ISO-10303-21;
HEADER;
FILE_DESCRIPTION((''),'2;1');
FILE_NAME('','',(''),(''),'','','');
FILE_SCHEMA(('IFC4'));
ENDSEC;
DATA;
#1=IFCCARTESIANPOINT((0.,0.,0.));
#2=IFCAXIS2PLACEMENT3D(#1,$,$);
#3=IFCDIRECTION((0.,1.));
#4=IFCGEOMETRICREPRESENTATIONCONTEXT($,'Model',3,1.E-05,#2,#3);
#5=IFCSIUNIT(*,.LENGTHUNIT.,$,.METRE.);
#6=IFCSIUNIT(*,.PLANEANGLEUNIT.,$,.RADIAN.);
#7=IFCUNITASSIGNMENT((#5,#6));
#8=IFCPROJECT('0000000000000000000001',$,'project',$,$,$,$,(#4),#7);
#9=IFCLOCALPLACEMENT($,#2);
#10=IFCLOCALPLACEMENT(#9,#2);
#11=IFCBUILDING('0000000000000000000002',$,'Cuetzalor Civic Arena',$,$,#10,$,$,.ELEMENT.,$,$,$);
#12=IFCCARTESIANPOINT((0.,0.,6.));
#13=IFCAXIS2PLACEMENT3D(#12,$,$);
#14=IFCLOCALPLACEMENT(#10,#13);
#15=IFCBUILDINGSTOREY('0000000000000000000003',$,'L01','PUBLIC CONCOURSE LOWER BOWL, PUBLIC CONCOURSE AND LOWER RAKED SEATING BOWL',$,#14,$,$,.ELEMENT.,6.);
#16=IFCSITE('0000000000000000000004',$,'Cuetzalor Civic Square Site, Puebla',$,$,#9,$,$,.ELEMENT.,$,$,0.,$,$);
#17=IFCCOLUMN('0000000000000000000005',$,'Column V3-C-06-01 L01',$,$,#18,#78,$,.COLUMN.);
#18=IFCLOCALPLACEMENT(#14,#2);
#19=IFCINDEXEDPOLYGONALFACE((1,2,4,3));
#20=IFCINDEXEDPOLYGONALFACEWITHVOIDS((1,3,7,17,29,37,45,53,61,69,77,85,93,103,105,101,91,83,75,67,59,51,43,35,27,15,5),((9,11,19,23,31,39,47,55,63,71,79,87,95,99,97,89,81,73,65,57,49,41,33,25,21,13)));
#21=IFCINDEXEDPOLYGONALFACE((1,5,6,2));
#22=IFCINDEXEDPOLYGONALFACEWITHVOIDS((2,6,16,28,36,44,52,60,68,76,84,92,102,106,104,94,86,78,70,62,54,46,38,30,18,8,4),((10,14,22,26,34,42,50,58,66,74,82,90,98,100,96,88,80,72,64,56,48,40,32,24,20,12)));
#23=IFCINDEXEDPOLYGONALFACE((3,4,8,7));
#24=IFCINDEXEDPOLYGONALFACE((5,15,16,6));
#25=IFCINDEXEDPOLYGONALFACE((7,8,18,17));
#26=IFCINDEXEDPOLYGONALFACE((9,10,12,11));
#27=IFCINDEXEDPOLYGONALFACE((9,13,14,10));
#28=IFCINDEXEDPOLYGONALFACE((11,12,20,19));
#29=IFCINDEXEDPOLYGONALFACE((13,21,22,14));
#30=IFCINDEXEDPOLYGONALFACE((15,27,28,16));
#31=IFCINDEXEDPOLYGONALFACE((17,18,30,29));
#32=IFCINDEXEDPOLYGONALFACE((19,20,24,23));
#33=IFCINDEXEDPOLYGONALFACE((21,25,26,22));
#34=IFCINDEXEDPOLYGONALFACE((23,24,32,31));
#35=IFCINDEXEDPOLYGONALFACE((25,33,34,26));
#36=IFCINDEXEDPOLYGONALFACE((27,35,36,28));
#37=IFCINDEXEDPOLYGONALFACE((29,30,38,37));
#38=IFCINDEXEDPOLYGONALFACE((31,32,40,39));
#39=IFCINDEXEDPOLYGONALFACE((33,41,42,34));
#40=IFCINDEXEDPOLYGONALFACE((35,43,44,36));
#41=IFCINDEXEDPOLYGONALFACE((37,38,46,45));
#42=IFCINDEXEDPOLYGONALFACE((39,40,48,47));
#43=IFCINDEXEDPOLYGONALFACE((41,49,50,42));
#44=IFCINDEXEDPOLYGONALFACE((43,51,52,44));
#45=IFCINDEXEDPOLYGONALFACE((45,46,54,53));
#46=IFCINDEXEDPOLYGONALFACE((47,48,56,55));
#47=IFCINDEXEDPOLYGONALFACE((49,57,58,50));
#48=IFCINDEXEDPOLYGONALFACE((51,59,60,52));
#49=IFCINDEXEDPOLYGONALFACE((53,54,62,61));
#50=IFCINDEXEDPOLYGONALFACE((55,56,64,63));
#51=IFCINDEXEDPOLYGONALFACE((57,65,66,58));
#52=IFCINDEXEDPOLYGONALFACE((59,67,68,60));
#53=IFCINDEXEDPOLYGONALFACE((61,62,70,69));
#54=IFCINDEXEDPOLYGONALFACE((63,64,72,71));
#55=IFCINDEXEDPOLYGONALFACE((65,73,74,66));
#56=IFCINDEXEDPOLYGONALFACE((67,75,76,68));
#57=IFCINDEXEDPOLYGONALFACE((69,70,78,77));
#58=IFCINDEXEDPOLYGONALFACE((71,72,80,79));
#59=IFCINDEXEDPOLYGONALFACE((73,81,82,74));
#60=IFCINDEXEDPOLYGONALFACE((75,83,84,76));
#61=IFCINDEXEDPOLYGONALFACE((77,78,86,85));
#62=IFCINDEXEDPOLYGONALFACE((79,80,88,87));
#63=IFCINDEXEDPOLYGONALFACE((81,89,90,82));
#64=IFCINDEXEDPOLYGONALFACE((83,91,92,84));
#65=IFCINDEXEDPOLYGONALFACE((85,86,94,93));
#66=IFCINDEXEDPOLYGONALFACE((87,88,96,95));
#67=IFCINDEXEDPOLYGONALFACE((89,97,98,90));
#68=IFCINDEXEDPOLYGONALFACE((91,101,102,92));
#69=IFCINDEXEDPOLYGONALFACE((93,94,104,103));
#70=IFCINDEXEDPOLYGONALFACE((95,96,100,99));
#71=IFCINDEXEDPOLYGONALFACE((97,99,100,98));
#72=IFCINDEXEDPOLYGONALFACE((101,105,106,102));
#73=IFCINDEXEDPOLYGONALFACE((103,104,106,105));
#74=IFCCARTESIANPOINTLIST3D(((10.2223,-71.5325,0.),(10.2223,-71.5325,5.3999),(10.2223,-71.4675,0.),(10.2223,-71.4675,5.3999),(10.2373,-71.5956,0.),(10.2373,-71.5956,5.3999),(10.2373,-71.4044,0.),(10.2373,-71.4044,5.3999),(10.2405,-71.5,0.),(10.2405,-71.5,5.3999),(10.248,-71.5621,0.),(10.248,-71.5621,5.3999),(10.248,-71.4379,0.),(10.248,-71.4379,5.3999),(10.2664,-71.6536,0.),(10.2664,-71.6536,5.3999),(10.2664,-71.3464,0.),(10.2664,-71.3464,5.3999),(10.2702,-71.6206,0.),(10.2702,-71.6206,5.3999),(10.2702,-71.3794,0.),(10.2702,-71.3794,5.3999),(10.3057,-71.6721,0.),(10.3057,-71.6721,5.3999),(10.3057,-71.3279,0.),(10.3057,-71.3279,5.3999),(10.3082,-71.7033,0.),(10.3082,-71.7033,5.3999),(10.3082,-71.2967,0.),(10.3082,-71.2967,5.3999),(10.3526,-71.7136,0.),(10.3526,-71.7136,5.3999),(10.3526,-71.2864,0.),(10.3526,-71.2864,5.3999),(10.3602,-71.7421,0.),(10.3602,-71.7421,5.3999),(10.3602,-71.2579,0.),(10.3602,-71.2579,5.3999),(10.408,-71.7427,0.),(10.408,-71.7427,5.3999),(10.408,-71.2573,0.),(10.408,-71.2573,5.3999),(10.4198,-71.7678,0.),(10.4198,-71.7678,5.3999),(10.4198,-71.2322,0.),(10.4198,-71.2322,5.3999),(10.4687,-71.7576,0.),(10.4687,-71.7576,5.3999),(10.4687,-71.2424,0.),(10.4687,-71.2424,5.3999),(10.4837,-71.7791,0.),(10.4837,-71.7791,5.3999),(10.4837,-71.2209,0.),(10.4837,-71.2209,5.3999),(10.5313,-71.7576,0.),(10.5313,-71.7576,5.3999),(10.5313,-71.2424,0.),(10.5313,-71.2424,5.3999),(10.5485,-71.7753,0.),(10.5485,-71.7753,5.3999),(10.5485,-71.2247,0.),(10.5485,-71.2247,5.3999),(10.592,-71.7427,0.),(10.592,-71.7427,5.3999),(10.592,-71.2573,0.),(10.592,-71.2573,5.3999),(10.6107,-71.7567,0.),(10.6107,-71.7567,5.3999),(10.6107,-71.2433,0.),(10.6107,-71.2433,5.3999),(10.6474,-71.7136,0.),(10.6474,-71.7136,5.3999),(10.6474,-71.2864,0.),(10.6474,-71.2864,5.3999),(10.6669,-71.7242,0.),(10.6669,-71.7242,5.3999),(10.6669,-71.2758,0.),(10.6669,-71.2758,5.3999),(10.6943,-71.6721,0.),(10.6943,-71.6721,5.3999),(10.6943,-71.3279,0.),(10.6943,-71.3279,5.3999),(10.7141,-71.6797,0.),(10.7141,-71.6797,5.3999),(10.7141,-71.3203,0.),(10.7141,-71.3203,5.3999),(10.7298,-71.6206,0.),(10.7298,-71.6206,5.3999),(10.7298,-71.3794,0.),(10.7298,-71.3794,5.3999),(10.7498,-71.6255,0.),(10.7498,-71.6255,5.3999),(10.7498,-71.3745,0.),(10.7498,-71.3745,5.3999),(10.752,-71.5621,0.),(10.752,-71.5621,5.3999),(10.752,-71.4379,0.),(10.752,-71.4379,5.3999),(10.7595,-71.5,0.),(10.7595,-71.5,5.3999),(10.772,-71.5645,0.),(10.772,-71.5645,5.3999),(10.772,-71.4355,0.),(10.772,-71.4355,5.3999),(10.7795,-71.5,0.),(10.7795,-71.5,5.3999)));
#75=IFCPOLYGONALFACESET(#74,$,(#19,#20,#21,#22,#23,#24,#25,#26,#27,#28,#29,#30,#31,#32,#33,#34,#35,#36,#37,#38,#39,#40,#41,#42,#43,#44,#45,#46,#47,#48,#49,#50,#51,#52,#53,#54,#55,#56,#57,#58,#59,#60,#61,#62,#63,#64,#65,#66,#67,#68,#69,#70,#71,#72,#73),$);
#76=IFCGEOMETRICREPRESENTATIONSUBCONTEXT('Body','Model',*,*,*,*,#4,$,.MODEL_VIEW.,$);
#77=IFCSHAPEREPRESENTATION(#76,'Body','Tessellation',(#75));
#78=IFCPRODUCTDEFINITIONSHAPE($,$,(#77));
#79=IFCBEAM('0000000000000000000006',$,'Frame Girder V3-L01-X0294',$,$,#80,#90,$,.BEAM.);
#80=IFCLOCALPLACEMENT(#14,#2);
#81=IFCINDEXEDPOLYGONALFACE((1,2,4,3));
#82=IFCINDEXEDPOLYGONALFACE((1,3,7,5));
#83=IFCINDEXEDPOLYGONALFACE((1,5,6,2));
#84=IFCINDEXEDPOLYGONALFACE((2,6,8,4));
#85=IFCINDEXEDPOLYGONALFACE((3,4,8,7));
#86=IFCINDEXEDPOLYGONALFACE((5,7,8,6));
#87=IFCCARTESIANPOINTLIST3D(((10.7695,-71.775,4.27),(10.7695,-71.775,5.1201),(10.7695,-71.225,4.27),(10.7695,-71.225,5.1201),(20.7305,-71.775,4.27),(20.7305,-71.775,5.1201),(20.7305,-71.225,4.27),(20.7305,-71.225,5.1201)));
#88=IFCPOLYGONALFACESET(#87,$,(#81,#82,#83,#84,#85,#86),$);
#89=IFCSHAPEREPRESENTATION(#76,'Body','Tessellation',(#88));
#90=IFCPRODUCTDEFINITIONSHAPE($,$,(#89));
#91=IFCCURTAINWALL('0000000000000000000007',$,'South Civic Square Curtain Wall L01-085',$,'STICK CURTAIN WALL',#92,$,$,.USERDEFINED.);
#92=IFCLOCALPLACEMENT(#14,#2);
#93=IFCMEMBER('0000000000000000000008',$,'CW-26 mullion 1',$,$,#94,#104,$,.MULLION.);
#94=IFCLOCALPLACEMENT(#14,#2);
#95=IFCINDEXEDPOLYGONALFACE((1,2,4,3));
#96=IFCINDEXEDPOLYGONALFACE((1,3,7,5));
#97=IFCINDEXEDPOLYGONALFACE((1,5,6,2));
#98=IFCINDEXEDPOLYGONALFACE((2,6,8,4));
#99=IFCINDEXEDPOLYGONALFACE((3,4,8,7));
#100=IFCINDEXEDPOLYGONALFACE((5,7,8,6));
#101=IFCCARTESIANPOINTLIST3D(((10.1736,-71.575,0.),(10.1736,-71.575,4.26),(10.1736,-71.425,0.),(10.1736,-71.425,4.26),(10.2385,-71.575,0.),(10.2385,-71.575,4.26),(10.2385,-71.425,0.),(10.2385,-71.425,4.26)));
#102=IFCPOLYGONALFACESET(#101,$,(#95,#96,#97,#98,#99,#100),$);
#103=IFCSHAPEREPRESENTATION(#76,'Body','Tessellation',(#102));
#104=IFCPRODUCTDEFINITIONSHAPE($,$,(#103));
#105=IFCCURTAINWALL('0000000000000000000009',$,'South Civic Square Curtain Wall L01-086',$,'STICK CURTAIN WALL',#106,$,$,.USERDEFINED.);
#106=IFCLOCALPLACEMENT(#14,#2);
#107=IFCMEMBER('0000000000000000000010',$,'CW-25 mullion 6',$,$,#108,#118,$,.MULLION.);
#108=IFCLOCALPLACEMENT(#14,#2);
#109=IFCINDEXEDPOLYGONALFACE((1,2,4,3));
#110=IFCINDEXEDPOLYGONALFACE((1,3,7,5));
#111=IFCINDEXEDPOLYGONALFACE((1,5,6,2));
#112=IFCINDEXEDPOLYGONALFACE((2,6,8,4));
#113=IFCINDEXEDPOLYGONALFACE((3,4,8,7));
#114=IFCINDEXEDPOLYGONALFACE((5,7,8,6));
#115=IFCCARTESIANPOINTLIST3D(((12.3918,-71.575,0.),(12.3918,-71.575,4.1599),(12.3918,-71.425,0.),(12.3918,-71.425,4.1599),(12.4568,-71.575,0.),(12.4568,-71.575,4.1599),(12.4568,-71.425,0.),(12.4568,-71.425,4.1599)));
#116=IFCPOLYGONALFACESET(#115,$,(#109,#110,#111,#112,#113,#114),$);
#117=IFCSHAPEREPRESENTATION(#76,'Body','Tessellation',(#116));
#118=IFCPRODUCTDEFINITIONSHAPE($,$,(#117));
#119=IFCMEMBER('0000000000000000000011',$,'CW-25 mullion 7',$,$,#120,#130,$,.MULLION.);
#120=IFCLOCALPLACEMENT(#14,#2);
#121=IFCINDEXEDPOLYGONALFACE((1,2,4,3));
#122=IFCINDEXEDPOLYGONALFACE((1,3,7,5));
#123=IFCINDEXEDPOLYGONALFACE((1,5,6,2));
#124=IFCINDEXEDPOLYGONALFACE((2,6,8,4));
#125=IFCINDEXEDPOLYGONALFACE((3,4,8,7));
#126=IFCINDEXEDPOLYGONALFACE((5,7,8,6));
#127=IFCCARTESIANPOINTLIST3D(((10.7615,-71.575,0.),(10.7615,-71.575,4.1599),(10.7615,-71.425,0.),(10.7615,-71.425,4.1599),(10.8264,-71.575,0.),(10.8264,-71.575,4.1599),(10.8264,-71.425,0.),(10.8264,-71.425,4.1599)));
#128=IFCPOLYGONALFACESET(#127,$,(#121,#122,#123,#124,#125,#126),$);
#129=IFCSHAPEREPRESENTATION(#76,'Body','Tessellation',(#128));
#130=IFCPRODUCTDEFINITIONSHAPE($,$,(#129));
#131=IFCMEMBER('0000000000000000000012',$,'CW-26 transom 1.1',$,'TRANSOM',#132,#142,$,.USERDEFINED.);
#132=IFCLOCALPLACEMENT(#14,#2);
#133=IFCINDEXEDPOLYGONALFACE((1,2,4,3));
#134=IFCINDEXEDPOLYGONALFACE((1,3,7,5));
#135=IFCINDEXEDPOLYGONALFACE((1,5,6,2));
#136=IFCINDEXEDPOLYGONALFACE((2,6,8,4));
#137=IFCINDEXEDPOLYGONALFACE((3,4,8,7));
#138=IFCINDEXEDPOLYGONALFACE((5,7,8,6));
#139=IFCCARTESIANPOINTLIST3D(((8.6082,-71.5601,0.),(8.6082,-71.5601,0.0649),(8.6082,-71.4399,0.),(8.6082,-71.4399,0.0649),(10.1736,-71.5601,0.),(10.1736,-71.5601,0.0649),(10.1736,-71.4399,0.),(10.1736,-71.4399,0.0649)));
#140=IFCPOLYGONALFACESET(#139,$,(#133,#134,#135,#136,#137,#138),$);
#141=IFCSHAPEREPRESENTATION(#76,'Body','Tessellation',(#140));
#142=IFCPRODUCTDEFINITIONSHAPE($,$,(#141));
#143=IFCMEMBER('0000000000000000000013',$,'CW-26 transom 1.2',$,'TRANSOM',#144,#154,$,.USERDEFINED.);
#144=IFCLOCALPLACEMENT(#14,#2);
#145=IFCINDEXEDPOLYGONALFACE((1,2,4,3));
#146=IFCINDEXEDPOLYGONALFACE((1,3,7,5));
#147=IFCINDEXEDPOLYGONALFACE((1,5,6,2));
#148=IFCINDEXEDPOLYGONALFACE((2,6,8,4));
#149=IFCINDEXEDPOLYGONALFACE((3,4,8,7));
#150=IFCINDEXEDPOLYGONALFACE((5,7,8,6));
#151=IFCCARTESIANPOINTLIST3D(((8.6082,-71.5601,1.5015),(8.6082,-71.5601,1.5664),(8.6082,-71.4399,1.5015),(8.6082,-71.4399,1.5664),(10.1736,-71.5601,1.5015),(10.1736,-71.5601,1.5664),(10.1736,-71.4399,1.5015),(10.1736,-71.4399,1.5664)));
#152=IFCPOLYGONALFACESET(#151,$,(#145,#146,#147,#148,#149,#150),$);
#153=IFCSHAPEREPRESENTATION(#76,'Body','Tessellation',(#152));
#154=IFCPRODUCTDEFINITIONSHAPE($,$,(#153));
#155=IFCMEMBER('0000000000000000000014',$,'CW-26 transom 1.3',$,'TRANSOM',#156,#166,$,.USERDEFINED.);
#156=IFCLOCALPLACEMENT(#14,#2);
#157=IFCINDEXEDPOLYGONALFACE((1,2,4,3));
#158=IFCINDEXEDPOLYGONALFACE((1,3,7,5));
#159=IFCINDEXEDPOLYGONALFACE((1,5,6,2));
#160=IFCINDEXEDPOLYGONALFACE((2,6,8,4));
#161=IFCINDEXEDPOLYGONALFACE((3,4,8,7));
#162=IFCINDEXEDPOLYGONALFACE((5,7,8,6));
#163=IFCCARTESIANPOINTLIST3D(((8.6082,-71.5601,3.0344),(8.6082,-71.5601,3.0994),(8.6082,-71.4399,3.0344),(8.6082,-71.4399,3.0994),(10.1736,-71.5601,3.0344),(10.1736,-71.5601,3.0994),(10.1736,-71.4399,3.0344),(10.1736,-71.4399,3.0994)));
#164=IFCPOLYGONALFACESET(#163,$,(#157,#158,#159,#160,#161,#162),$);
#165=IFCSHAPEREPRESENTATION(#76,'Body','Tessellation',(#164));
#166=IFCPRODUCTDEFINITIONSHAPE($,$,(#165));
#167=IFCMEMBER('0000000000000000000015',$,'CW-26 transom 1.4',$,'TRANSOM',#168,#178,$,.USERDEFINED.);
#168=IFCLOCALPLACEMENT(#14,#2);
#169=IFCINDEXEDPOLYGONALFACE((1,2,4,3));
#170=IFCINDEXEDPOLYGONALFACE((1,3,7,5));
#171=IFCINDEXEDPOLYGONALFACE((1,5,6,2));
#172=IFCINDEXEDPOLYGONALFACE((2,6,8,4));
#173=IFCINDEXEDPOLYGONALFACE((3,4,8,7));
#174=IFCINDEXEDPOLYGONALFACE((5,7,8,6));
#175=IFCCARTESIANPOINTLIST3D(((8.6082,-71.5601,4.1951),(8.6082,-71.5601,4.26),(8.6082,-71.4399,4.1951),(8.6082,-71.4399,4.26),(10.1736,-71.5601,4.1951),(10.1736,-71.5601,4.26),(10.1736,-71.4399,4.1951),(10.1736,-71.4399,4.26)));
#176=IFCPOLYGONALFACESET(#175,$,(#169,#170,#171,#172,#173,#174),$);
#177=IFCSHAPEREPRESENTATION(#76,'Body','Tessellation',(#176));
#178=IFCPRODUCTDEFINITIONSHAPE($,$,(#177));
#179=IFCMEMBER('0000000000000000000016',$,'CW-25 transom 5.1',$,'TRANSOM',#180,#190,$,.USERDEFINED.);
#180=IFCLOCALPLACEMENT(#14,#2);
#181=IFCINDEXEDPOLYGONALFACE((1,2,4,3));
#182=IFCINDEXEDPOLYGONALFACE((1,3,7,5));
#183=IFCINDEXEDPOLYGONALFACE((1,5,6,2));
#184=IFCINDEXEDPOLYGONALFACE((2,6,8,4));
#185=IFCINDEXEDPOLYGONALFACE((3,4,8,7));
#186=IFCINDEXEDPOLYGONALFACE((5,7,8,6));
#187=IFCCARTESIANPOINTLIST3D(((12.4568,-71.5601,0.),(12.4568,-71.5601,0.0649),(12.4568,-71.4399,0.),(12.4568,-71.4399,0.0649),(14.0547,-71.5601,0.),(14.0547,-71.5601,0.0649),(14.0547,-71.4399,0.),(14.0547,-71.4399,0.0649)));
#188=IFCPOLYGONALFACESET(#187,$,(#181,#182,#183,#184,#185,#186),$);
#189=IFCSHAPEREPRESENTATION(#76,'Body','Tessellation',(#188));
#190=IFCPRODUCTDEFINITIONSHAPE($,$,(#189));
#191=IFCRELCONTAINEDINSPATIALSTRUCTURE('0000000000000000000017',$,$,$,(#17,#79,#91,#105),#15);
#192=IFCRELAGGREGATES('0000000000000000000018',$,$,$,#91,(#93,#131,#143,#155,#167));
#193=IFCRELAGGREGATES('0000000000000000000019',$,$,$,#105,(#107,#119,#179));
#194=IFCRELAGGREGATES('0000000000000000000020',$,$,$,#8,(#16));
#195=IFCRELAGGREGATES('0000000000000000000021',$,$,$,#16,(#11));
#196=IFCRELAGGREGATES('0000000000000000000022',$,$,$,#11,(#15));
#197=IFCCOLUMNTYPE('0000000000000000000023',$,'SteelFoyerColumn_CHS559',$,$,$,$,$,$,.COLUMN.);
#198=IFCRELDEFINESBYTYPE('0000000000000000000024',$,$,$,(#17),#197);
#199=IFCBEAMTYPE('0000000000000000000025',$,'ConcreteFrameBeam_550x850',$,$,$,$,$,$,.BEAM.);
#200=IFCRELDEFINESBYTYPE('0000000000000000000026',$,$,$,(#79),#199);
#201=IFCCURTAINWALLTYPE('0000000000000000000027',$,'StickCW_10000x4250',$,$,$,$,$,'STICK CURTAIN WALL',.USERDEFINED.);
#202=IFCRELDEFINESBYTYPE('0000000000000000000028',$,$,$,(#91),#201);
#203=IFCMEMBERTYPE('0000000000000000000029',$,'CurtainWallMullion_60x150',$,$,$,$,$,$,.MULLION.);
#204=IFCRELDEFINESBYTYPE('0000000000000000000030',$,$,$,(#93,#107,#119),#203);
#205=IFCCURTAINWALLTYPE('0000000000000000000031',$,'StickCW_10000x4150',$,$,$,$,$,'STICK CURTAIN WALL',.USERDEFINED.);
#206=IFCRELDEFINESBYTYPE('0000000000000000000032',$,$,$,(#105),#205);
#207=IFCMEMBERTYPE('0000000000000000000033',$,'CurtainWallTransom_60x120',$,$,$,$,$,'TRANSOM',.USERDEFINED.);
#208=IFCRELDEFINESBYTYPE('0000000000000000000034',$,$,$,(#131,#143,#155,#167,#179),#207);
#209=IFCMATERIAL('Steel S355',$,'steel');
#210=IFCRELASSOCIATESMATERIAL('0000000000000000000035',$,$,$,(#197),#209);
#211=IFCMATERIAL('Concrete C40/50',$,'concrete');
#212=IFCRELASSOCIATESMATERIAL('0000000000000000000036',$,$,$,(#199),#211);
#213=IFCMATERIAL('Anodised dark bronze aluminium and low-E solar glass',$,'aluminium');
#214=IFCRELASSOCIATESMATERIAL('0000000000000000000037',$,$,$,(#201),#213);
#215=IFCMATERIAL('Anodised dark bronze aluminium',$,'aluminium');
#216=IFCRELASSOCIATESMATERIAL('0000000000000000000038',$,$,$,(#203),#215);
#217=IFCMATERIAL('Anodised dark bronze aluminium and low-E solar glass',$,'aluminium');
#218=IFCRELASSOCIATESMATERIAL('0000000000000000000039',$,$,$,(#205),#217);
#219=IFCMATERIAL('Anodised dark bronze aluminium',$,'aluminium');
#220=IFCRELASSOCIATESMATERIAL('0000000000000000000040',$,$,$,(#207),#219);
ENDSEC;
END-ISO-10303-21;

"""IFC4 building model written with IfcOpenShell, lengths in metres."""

from ifc_helpers import new_model, si_unit, direction, frame, origin, origin_2d, place, context, subcontext, project, spatial, rectangle, hollow_circle, extrude, material, material_profile, profile_set, type_object, element, aggregate, save


model = new_model("IFC4")

# Units and contexts
model_context = context("Model", 3, precision=1e-05, world=origin(), true_north=direction((0.0, 1.0)))
body_context = subcontext(model_context, "Body", "Model", "MODEL_VIEW")
ifc_project = project(units=[si_unit("LENGTHUNIT", "METRE"), si_unit("PLANEANGLEUNIT", "RADIAN")], contexts=[model_context])

# Site, building, storey
site_placement = place(None, origin())
site = spatial("IfcSite", under=ifc_project, at=site_placement, Name="Cuetzalor Civic Square Site, Puebla", CompositionType="ELEMENT", RefElevation=0.0)
building_placement = place(site_placement, origin())
building = spatial("IfcBuilding", under=site, at=building_placement, Name="Cuetzalor Civic Arena", CompositionType="ELEMENT")
storey_placement = place(building_placement, frame((0.0, 0.0, 6.0)))
storey = spatial("IfcBuildingStorey", under=building, at=storey_placement, Name="L01", Description="PUBLIC CONCOURSE LOWER BOWL, PUBLIC CONCOURSE AND LOWER RAKED SEATING BOWL", CompositionType="ELEMENT", Elevation=6.0)

# Column
ifc_material_1 = material(Name="Steel S355", Category="steel")
ifc_material_profile_1 = material_profile(ifc_material_1, hollow_circle(Radius=0.2795, WallThickness=0.02, at=origin_2d()), Name="CHS 559x20")
ifc_profile_set_1 = profile_set([ifc_material_profile_1], Name="Steel S355")
column_type = type_object("IfcColumnType", Name="SteelFoyerColumn_CHS559", PredefinedType="COLUMN", material=ifc_profile_set_1)
column_placement = place(storey_placement, frame((10.5, -71.5, 0.0), z_axis=(0.0, 0.0, 1.0), x_axis=(1.0, 0.0, 0.0)))
element("IfcColumn", 1, at=column_placement, inside=storey, type_object=column_type, Name="Column V3-C-06-01 L01", PredefinedType="COLUMN", context=body_context, shape_type="SweptSolid", body=[
    extrude(hollow_circle(Radius=0.2795, WallThickness=0.02, at=origin_2d()), origin(), (0.0, 0.0, 1.0), 5.3999),
])

# Beam
ifc_material_2 = material(Name="Concrete C40/50", Category="concrete")
ifc_material_profile_2 = material_profile(ifc_material_2, rectangle(XDim=0.55, YDim=0.8501, at=origin_2d()), Name="RC 550x850")
ifc_profile_set_2 = profile_set([ifc_material_profile_2], Name="Concrete C40/50")
beam_type = type_object("IfcBeamType", Name="ConcreteFrameBeam_550x850", PredefinedType="BEAM", material=ifc_profile_set_2)
beam_placement = place(storey_placement, frame((10.7695, -71.5, 4.6951), z_axis=(1.0, 0.0, 0.0), x_axis=(0.0, 1.0, 0.0)))
element("IfcBeam", 2, at=beam_placement, inside=storey, type_object=beam_type, Name="Frame Girder V3-L01-X0294", PredefinedType="BEAM", context=body_context, shape_type="SweptSolid", body=[
    extrude(rectangle(XDim=0.55, YDim=0.8501, at=origin_2d()), origin(), (0.0, 0.0, 1.0), 9.9609),
])

# Curtain wall, member
ifc_material_3 = material(Name="Anodised dark bronze aluminium and low-E solar glass", Category="aluminium")
curtain_wall_type_1 = type_object("IfcCurtainWallType", Name="StickCW_10000x4250", ElementType="STICK CURTAIN WALL", PredefinedType="USERDEFINED", material=ifc_material_3)
curtain_wall_1_placement = place(storey_placement, origin())
curtain_wall_1 = element("IfcCurtainWall", 3, at=curtain_wall_1_placement, inside=storey, type_object=curtain_wall_type_1, Name="South Civic Square Curtain Wall L01-085", ObjectType="STICK CURTAIN WALL", PredefinedType="USERDEFINED")
ifc_material_4 = material(Name="Anodised dark bronze aluminium", Category="aluminium")
ifc_material_profile_3 = material_profile(ifc_material_4, rectangle(XDim=0.0649, YDim=0.1499, at=origin_2d()), Name="ALU MULLION 65x150")
ifc_profile_set_3 = profile_set([ifc_material_profile_3], Name="Anodised dark bronze aluminium")
member_type_1 = type_object("IfcMemberType", Name="CurtainWallMullion_60x150", PredefinedType="MULLION", material=ifc_profile_set_3)
member_1_placement = place(storey_placement, frame((10.2061, -71.5, 0.0), z_axis=(0.0, 0.0, 1.0), x_axis=(-1.0, 0.0, 0.0)))
member_1 = element("IfcMember", 4, at=member_1_placement, type_object=member_type_1, Name="CW-26 mullion 1", PredefinedType="MULLION", context=body_context, shape_type="SweptSolid", body=[
    extrude(rectangle(XDim=0.0649, YDim=0.1499, at=origin_2d()), origin(), (0.0, 0.0, 1.0), 4.26),
])

# Curtain wall, members
ifc_material_5 = material(Name="Anodised dark bronze aluminium and low-E solar glass", Category="aluminium")
curtain_wall_type_2 = type_object("IfcCurtainWallType", Name="StickCW_10000x4150", ElementType="STICK CURTAIN WALL", PredefinedType="USERDEFINED", material=ifc_material_5)
curtain_wall_2_placement = place(storey_placement, origin())
curtain_wall_2 = element("IfcCurtainWall", 5, at=curtain_wall_2_placement, inside=storey, type_object=curtain_wall_type_2, Name="South Civic Square Curtain Wall L01-086", ObjectType="STICK CURTAIN WALL", PredefinedType="USERDEFINED")
member_2_placement = place(storey_placement, frame((12.4243, -71.5, 0.0), z_axis=(0.0, 0.0, 1.0), x_axis=(-1.0, 0.0, 0.0)))
member_2 = element("IfcMember", 6, at=member_2_placement, type_object=member_type_1, Name="CW-25 mullion 6", PredefinedType="MULLION", context=body_context, shape_type="SweptSolid", body=[
    extrude(rectangle(XDim=0.0649, YDim=0.1499, at=origin_2d()), origin(), (0.0, 0.0, 1.0), 4.1599),
])
member_3_placement = place(storey_placement, frame((10.7939, -71.5, 0.0), z_axis=(0.0, 0.0, 1.0), x_axis=(-1.0, 0.0, 0.0)))
member_3 = element("IfcMember", 7, at=member_3_placement, type_object=member_type_1, Name="CW-25 mullion 7", PredefinedType="MULLION", context=body_context, shape_type="SweptSolid", body=[
    extrude(rectangle(XDim=0.0649, YDim=0.1499, at=origin_2d()), origin(), (0.0, 0.0, 1.0), 4.1599),
])

# Members
ifc_material_6 = material(Name="Anodised dark bronze aluminium", Category="aluminium")
ifc_material_profile_4 = material_profile(ifc_material_6, rectangle(XDim=0.1201, YDim=0.0649, at=origin_2d()), Name="ALU TRANSOM 65x120")
ifc_profile_set_4 = profile_set([ifc_material_profile_4], Name="Anodised dark bronze aluminium")
member_type_2 = type_object("IfcMemberType", Name="CurtainWallTransom_60x120", ElementType="TRANSOM", PredefinedType="USERDEFINED", material=ifc_profile_set_4)
member_4_placement = place(storey_placement, frame((10.1736, -71.5, 0.0325), z_axis=(-1.0, 0.0, 0.0), x_axis=(0.0, -1.0, 0.0)))
member_4 = element("IfcMember", 8, at=member_4_placement, type_object=member_type_2, Name="CW-26 transom 1.1", ObjectType="TRANSOM", PredefinedType="USERDEFINED", context=body_context, shape_type="SweptSolid", body=[
    extrude(rectangle(XDim=0.1201, YDim=0.0649, at=origin_2d()), origin(), (0.0, 0.0, 1.0), 1.5654),
])
member_5_placement = place(storey_placement, frame((10.1736, -71.5, 1.5339), z_axis=(-1.0, 0.0, 0.0), x_axis=(0.0, -1.0, 0.0)))
member_5 = element("IfcMember", 9, at=member_5_placement, type_object=member_type_2, Name="CW-26 transom 1.2", ObjectType="TRANSOM", PredefinedType="USERDEFINED", context=body_context, shape_type="SweptSolid", body=[
    extrude(rectangle(XDim=0.1201, YDim=0.0649, at=origin_2d()), origin(), (0.0, 0.0, 1.0), 1.5654),
])
member_6_placement = place(storey_placement, frame((10.1736, -71.5, 3.0669), z_axis=(-1.0, 0.0, 0.0), x_axis=(0.0, -1.0, 0.0)))
member_6 = element("IfcMember", 10, at=member_6_placement, type_object=member_type_2, Name="CW-26 transom 1.3", ObjectType="TRANSOM", PredefinedType="USERDEFINED", context=body_context, shape_type="SweptSolid", body=[
    extrude(rectangle(XDim=0.1201, YDim=0.0649, at=origin_2d()), origin(), (0.0, 0.0, 1.0), 1.5654),
])
member_7_placement = place(storey_placement, frame((10.1736, -71.5, 4.2275), z_axis=(-1.0, 0.0, 0.0), x_axis=(0.0, -1.0, 0.0)))
member_7 = element("IfcMember", 11, at=member_7_placement, type_object=member_type_2, Name="CW-26 transom 1.4", ObjectType="TRANSOM", PredefinedType="USERDEFINED", context=body_context, shape_type="SweptSolid", body=[
    extrude(rectangle(XDim=0.1201, YDim=0.0649, at=origin_2d()), origin(), (0.0, 0.0, 1.0), 1.5654),
])
aggregate(curtain_wall_1, [member_1, member_4, member_5, member_6, member_7])
member_8_placement = place(storey_placement, frame((14.0547, -71.5, 0.0325), z_axis=(-1.0, 0.0, 0.0), x_axis=(0.0, -1.0, 0.0)))
member_8 = element("IfcMember", 12, at=member_8_placement, type_object=member_type_2, Name="CW-25 transom 5.1", ObjectType="TRANSOM", PredefinedType="USERDEFINED", context=body_context, shape_type="SweptSolid", body=[
    extrude(rectangle(XDim=0.1201, YDim=0.0649, at=origin_2d()), origin(), (0.0, 0.0, 1.0), 1.5979),
])

aggregate(curtain_wall_2, [member_2, member_3, member_8])

save(model, "model.ifc")
